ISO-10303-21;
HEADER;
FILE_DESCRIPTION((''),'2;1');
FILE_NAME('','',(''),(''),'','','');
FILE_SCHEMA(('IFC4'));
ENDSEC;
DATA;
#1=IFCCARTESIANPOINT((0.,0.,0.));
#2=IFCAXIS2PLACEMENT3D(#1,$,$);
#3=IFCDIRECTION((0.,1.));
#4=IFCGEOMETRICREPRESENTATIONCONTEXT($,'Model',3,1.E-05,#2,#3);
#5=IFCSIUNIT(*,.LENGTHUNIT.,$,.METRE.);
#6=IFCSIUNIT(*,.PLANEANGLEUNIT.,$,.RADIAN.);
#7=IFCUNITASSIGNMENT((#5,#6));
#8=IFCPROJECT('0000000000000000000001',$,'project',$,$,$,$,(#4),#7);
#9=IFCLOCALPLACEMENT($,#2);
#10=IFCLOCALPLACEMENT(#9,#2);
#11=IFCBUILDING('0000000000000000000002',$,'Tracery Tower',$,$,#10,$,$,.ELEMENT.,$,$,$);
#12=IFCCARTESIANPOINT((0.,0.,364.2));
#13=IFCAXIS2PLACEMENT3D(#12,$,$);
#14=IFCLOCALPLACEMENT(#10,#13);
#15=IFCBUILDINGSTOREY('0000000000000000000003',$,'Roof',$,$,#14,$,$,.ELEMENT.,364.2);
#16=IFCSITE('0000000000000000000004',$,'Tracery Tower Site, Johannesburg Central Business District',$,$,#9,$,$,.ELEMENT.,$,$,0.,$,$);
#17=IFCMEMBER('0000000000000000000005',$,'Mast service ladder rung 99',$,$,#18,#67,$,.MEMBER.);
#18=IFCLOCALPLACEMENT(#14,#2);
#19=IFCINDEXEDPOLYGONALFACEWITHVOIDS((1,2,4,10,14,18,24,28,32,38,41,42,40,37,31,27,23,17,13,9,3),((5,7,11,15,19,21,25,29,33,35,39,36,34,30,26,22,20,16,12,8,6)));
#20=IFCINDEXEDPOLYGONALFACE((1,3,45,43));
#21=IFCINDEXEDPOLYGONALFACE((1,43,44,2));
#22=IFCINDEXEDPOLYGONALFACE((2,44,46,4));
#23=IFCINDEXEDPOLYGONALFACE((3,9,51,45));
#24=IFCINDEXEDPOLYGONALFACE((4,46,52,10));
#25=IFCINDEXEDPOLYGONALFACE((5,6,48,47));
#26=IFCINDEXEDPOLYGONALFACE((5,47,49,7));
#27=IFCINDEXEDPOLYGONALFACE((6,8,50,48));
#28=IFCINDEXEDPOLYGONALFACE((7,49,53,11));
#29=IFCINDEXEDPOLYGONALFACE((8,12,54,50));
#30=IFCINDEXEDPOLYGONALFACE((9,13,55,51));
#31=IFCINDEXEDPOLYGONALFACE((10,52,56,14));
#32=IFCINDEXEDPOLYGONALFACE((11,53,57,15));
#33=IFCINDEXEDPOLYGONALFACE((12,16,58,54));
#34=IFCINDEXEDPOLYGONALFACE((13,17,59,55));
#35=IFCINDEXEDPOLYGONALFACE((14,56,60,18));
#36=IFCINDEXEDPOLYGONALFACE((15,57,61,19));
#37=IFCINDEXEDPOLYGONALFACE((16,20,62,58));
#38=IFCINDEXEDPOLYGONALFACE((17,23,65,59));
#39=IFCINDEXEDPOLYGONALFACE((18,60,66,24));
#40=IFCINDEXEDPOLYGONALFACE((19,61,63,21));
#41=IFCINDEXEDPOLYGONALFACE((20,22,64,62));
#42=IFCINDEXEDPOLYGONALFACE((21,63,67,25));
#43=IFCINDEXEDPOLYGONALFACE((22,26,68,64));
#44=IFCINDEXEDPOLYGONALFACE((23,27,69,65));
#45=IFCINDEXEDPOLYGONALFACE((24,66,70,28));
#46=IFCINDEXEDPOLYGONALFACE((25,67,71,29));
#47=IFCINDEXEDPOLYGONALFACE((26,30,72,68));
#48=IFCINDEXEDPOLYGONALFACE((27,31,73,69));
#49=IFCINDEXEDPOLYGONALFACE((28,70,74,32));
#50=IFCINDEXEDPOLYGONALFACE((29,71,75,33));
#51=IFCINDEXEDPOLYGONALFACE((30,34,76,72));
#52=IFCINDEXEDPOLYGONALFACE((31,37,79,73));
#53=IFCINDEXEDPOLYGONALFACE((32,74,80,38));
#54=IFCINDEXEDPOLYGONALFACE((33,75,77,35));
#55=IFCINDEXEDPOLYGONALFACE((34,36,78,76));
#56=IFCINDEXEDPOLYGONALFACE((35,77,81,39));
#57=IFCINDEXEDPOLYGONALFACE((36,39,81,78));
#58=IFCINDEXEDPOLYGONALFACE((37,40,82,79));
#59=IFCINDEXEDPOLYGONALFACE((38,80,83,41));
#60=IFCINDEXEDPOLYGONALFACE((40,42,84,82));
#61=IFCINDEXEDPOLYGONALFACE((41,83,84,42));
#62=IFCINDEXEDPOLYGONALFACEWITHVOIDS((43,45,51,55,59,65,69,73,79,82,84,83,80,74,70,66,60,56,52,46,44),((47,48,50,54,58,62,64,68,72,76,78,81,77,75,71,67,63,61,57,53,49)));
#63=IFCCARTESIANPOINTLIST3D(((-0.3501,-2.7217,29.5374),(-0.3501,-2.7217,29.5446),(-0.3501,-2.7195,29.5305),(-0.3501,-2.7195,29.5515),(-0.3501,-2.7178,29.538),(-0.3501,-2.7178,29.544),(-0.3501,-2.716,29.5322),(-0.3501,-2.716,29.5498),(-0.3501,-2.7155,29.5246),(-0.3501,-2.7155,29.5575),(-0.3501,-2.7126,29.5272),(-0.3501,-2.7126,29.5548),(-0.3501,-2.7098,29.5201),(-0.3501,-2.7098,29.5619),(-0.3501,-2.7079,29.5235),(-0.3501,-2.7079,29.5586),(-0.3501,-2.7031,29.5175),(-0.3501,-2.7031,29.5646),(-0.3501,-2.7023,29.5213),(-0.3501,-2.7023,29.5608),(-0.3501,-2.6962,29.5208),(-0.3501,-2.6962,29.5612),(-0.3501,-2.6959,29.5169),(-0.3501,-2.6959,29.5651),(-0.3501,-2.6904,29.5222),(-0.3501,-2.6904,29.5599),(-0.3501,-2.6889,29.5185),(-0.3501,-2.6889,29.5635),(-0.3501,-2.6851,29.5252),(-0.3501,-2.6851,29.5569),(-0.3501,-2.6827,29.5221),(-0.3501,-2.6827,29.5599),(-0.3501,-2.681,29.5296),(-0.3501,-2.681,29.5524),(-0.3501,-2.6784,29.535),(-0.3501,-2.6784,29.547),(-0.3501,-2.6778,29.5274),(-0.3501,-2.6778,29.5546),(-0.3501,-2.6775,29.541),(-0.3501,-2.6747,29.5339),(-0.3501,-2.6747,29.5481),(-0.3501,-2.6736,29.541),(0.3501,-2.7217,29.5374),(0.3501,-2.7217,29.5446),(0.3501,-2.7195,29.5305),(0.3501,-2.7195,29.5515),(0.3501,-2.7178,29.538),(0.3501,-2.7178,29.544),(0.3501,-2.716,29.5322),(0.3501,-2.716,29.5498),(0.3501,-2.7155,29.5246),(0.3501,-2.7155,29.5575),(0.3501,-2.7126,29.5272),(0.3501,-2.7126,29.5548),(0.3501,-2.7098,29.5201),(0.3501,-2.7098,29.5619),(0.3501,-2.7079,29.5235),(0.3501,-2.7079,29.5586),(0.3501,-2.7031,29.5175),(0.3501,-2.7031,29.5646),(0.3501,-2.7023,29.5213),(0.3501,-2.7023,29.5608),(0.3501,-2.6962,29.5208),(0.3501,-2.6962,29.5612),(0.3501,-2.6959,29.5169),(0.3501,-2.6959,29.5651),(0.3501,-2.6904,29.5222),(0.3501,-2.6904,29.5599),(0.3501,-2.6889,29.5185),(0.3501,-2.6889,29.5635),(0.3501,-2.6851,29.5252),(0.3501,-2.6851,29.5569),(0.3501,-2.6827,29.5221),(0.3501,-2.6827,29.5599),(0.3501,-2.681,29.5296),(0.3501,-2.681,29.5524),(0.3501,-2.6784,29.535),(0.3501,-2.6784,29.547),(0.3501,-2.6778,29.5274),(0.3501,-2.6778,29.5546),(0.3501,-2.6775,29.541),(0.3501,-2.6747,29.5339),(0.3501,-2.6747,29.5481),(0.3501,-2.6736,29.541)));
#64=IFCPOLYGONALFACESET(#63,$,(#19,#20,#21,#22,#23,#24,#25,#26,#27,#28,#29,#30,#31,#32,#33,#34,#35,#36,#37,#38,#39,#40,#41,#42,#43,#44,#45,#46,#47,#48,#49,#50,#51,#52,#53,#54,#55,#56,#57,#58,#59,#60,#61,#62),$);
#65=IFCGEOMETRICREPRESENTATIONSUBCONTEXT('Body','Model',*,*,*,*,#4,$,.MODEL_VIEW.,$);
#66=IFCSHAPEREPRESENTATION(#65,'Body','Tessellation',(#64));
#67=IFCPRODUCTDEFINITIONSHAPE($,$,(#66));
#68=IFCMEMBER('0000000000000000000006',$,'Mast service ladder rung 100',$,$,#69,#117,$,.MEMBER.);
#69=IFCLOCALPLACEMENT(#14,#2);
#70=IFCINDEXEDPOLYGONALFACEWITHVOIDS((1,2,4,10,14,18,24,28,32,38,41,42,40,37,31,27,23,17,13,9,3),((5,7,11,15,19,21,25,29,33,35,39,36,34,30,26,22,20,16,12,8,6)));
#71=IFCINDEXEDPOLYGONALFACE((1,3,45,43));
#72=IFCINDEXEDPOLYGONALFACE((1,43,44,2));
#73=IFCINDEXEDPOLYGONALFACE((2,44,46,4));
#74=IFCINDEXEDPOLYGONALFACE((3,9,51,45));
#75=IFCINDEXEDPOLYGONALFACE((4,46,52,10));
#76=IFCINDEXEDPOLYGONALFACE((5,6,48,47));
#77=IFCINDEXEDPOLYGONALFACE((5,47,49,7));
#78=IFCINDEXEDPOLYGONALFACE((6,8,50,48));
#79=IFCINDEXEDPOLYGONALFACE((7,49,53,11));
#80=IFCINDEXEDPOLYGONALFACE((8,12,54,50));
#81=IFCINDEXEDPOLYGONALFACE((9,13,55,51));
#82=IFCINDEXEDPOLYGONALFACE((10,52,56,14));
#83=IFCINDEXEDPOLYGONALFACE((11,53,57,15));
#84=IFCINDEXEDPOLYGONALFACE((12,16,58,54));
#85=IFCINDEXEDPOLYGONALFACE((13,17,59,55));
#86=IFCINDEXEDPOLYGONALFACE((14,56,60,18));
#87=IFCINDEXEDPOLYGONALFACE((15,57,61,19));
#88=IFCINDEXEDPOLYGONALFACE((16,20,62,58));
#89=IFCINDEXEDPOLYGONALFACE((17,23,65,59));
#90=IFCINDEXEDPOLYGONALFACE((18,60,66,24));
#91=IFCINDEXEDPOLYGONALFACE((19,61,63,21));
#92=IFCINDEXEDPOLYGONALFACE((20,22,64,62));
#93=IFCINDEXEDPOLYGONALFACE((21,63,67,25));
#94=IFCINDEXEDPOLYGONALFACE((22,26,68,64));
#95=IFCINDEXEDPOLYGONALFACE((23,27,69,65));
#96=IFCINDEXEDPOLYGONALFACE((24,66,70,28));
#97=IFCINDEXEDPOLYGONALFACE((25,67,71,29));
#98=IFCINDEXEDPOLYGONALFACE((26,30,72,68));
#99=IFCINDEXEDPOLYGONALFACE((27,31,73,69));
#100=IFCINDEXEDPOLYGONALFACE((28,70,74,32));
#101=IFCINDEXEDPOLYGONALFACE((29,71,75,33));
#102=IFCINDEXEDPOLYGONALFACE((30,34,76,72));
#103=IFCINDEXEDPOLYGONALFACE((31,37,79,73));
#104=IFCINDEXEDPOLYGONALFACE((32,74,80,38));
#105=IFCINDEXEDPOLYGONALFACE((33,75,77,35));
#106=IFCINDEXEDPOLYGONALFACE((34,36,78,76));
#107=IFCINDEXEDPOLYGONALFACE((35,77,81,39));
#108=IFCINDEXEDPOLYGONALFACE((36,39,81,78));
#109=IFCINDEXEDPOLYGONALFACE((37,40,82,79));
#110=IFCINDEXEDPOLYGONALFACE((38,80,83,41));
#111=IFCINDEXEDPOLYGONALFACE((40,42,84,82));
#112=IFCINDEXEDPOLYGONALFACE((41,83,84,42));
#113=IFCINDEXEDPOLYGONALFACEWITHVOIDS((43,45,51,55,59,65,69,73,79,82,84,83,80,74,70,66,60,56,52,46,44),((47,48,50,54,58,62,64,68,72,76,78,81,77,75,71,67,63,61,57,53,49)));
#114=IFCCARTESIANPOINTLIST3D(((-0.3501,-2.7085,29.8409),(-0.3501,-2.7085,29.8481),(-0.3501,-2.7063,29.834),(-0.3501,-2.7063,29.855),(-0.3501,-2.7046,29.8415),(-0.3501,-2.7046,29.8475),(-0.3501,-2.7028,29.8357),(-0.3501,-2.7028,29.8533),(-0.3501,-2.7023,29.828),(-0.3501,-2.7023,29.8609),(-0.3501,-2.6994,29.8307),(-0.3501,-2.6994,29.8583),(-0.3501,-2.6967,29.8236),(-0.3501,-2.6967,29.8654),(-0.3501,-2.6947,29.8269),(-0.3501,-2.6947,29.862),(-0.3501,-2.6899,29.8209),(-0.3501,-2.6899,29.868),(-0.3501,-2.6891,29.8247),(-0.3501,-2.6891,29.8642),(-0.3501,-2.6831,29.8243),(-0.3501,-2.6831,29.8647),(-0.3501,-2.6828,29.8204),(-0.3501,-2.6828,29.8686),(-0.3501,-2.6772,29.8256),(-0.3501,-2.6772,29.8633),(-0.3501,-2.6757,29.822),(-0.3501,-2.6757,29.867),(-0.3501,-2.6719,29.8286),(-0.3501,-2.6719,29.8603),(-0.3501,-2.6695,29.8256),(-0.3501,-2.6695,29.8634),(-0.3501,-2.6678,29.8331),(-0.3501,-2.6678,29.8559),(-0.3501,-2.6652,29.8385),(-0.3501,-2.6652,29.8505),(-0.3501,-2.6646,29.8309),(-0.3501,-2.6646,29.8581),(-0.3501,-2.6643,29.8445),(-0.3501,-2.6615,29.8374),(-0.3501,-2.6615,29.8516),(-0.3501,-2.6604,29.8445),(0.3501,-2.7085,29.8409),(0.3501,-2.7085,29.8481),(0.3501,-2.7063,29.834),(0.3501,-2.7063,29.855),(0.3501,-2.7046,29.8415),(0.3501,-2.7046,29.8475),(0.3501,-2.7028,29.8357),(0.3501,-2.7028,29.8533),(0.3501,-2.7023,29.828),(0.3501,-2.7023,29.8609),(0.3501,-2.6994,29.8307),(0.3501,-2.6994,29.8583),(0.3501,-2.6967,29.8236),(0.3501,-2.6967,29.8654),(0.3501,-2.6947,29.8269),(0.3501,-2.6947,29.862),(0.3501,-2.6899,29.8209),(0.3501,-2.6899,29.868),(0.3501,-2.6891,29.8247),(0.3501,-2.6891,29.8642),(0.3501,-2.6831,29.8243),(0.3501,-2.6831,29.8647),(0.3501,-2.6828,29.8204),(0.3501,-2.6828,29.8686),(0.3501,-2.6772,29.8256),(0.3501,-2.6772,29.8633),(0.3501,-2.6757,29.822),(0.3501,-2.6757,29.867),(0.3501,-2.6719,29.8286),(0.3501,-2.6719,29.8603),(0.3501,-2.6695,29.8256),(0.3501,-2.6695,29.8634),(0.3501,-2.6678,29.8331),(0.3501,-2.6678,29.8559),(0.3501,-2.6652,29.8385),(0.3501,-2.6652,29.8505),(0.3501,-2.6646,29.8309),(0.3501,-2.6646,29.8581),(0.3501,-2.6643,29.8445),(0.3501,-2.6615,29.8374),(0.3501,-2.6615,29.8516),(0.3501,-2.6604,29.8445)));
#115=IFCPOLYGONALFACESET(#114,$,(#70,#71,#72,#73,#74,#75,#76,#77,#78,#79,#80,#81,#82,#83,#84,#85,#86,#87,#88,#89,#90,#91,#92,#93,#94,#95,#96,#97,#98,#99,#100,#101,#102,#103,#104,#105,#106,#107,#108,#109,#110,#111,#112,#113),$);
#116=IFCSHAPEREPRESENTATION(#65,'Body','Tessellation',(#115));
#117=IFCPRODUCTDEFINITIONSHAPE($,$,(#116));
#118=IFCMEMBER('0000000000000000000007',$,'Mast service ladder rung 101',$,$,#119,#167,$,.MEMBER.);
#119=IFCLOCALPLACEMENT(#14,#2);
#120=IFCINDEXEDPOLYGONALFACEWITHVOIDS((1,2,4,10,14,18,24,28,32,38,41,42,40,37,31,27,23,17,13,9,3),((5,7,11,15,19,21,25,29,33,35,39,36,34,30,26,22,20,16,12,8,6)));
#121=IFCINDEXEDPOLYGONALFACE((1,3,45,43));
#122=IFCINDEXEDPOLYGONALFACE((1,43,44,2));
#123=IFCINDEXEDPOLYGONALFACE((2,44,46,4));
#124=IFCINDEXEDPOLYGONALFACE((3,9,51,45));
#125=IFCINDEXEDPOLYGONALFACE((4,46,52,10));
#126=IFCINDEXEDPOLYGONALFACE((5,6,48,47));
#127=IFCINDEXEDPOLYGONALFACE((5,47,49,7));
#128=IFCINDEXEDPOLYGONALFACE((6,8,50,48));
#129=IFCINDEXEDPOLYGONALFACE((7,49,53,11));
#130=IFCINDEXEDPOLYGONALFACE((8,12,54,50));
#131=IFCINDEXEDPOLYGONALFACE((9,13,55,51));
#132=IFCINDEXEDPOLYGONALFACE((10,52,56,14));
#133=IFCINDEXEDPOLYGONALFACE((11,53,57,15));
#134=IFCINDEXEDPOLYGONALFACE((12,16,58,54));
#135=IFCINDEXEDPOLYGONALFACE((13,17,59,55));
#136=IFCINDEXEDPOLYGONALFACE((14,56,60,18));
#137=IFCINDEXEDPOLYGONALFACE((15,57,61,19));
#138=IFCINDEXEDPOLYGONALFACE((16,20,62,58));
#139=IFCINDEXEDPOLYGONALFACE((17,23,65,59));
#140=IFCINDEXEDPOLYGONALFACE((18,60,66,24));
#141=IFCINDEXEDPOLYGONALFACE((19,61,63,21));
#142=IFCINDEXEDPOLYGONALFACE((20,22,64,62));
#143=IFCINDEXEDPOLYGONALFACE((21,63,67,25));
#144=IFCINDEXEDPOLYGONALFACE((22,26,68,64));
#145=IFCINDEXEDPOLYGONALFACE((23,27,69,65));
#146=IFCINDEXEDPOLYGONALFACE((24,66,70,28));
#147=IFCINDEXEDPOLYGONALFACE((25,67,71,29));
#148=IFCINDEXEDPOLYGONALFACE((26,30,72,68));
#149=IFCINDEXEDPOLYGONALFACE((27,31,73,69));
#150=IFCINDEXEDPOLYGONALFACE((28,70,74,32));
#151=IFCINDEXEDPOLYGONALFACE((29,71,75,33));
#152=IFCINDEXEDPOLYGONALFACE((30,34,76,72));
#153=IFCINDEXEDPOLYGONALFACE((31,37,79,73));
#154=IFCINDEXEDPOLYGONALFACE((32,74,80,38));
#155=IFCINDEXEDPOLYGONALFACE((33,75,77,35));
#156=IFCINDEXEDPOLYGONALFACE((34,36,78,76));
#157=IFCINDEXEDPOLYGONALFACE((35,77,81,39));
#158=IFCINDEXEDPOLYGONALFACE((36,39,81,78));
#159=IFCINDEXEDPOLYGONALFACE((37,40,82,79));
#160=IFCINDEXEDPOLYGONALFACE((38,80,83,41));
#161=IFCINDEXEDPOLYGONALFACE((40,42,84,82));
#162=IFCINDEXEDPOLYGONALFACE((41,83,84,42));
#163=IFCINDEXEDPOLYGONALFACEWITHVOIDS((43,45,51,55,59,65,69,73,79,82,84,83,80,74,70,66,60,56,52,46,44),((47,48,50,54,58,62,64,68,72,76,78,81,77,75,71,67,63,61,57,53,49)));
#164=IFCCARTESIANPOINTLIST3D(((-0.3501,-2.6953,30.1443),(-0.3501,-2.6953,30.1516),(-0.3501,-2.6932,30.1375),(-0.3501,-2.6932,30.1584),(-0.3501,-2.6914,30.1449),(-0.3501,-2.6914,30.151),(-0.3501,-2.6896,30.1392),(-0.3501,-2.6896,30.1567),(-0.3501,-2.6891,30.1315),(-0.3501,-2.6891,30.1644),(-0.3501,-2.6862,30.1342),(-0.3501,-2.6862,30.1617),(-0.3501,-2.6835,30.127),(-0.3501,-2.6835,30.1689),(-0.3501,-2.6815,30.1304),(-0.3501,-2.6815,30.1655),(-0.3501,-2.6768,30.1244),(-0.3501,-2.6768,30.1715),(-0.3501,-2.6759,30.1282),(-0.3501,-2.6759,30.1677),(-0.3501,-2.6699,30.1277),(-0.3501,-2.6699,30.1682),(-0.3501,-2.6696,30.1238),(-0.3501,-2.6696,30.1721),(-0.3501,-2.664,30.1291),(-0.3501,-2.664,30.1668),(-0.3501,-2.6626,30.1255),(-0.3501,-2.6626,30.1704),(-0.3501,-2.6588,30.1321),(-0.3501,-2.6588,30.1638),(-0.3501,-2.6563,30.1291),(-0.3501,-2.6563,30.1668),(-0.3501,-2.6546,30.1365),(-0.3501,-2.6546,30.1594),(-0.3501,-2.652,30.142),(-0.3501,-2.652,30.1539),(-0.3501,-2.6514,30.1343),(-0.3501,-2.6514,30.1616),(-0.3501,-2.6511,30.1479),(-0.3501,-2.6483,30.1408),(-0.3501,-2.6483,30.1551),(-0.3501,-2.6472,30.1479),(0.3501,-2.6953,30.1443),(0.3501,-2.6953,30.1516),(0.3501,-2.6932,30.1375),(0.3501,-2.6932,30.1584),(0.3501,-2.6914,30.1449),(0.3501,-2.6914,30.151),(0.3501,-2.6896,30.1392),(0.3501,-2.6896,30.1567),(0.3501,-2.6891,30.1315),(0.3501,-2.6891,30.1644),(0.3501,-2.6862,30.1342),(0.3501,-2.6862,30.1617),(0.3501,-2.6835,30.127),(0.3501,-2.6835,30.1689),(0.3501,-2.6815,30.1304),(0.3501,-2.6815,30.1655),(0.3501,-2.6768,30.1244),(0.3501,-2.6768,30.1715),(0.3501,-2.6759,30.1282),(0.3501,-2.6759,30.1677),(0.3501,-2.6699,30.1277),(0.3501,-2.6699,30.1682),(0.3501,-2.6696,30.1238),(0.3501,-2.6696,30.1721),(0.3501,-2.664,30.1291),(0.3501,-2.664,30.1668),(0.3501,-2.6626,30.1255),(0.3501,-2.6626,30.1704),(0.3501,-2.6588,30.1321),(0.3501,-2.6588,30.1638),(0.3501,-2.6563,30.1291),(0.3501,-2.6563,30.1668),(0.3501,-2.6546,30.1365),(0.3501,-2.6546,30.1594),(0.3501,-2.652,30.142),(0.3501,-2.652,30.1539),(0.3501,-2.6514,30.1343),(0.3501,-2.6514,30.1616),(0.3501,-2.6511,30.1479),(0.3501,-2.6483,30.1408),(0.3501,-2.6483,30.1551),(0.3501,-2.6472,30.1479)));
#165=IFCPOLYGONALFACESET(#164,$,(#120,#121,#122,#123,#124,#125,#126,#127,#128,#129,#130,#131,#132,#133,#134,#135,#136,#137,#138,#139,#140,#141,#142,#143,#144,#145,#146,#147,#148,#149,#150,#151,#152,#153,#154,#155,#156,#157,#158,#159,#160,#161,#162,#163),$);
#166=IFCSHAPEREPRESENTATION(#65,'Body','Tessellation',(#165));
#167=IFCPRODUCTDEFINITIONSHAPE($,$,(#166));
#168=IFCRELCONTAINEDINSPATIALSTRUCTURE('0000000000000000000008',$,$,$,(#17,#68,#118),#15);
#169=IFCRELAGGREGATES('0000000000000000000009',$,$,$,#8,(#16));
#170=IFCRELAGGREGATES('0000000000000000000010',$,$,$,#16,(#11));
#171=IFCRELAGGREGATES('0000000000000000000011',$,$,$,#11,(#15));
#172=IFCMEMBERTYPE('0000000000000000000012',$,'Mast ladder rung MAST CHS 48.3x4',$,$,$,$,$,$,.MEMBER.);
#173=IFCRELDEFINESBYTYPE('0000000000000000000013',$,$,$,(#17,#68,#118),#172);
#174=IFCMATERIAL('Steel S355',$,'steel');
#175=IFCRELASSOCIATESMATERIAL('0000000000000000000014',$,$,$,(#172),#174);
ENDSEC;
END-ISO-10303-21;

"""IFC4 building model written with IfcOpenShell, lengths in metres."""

from ifc_helpers import new_model, si_unit, direction, frame, origin, origin_2d, place, context, subcontext, project, spatial, hollow_circle, extrude, material, material_profile, profile_set, type_object, element, save


model = new_model("IFC4")

# Units and contexts
model_context = context("Model", 3, precision=1e-05, world=origin(), true_north=direction((0.0, 1.0)))
body_context = subcontext(model_context, "Body", "Model", "MODEL_VIEW")
ifc_project = project(units=[si_unit("LENGTHUNIT", "METRE"), si_unit("PLANEANGLEUNIT", "RADIAN")], contexts=[model_context])

# Site, building, storey
site_placement = place(None, origin())
site = spatial("IfcSite", under=ifc_project, at=site_placement, Name="Tracery Tower Site, Johannesburg Central Business District", CompositionType="ELEMENT", RefElevation=0.0)
building_placement = place(site_placement, origin())
building = spatial("IfcBuilding", under=site, at=building_placement, Name="Tracery Tower", CompositionType="ELEMENT")
storey_placement = place(building_placement, frame((0.0, 0.0, 364.2)))
storey = spatial("IfcBuildingStorey", under=building, at=storey_placement, Name="Roof", CompositionType="ELEMENT", Elevation=364.2)

# Members
ifc_material_1 = material(Name="Steel S355", Category="steel")
ifc_material_profile_1 = material_profile(ifc_material_1, hollow_circle(Radius=0.0242, WallThickness=0.0039, at=origin_2d()), Name="CHS 48.3x4")
ifc_profile_set_1 = profile_set([ifc_material_profile_1], Name="Steel S355")
member_type_1 = type_object("IfcMemberType", Name="Mast ladder rung MAST CHS 48.3x4", PredefinedType="MEMBER", material=ifc_profile_set_1)
for number, where, z_axis, x_axis, name in (
    (1, (-0.3501, -2.6978, 29.541), (1.0, 0.0, 0.0), (0.0, 1.0, 0.0), "Mast service ladder rung 99"),
    (2, (-0.3501, -2.6846, 29.8445), (1.0, 0.0, 0.0), (0.0, 1.0, 0.0), "Mast service ladder rung 100"),
    (3, (-0.3501, -2.6714, 30.1479), (1.0, 0.0, 0.0), (0.0, 1.0, 0.0), "Mast service ladder rung 101"),
):
    element("IfcMember", number, at=place(storey_placement, frame(where, z_axis=z_axis, x_axis=x_axis)), inside=storey, type_object=member_type_1, Name=name, PredefinedType="MEMBER", context=body_context, shape_type="SweptSolid", body=[
        extrude(hollow_circle(Radius=0.0242, WallThickness=0.0039, at=origin_2d()), origin(), (0.0, 0.0, 1.0), 0.7002),
    ])

save(model, "model.ifc")
